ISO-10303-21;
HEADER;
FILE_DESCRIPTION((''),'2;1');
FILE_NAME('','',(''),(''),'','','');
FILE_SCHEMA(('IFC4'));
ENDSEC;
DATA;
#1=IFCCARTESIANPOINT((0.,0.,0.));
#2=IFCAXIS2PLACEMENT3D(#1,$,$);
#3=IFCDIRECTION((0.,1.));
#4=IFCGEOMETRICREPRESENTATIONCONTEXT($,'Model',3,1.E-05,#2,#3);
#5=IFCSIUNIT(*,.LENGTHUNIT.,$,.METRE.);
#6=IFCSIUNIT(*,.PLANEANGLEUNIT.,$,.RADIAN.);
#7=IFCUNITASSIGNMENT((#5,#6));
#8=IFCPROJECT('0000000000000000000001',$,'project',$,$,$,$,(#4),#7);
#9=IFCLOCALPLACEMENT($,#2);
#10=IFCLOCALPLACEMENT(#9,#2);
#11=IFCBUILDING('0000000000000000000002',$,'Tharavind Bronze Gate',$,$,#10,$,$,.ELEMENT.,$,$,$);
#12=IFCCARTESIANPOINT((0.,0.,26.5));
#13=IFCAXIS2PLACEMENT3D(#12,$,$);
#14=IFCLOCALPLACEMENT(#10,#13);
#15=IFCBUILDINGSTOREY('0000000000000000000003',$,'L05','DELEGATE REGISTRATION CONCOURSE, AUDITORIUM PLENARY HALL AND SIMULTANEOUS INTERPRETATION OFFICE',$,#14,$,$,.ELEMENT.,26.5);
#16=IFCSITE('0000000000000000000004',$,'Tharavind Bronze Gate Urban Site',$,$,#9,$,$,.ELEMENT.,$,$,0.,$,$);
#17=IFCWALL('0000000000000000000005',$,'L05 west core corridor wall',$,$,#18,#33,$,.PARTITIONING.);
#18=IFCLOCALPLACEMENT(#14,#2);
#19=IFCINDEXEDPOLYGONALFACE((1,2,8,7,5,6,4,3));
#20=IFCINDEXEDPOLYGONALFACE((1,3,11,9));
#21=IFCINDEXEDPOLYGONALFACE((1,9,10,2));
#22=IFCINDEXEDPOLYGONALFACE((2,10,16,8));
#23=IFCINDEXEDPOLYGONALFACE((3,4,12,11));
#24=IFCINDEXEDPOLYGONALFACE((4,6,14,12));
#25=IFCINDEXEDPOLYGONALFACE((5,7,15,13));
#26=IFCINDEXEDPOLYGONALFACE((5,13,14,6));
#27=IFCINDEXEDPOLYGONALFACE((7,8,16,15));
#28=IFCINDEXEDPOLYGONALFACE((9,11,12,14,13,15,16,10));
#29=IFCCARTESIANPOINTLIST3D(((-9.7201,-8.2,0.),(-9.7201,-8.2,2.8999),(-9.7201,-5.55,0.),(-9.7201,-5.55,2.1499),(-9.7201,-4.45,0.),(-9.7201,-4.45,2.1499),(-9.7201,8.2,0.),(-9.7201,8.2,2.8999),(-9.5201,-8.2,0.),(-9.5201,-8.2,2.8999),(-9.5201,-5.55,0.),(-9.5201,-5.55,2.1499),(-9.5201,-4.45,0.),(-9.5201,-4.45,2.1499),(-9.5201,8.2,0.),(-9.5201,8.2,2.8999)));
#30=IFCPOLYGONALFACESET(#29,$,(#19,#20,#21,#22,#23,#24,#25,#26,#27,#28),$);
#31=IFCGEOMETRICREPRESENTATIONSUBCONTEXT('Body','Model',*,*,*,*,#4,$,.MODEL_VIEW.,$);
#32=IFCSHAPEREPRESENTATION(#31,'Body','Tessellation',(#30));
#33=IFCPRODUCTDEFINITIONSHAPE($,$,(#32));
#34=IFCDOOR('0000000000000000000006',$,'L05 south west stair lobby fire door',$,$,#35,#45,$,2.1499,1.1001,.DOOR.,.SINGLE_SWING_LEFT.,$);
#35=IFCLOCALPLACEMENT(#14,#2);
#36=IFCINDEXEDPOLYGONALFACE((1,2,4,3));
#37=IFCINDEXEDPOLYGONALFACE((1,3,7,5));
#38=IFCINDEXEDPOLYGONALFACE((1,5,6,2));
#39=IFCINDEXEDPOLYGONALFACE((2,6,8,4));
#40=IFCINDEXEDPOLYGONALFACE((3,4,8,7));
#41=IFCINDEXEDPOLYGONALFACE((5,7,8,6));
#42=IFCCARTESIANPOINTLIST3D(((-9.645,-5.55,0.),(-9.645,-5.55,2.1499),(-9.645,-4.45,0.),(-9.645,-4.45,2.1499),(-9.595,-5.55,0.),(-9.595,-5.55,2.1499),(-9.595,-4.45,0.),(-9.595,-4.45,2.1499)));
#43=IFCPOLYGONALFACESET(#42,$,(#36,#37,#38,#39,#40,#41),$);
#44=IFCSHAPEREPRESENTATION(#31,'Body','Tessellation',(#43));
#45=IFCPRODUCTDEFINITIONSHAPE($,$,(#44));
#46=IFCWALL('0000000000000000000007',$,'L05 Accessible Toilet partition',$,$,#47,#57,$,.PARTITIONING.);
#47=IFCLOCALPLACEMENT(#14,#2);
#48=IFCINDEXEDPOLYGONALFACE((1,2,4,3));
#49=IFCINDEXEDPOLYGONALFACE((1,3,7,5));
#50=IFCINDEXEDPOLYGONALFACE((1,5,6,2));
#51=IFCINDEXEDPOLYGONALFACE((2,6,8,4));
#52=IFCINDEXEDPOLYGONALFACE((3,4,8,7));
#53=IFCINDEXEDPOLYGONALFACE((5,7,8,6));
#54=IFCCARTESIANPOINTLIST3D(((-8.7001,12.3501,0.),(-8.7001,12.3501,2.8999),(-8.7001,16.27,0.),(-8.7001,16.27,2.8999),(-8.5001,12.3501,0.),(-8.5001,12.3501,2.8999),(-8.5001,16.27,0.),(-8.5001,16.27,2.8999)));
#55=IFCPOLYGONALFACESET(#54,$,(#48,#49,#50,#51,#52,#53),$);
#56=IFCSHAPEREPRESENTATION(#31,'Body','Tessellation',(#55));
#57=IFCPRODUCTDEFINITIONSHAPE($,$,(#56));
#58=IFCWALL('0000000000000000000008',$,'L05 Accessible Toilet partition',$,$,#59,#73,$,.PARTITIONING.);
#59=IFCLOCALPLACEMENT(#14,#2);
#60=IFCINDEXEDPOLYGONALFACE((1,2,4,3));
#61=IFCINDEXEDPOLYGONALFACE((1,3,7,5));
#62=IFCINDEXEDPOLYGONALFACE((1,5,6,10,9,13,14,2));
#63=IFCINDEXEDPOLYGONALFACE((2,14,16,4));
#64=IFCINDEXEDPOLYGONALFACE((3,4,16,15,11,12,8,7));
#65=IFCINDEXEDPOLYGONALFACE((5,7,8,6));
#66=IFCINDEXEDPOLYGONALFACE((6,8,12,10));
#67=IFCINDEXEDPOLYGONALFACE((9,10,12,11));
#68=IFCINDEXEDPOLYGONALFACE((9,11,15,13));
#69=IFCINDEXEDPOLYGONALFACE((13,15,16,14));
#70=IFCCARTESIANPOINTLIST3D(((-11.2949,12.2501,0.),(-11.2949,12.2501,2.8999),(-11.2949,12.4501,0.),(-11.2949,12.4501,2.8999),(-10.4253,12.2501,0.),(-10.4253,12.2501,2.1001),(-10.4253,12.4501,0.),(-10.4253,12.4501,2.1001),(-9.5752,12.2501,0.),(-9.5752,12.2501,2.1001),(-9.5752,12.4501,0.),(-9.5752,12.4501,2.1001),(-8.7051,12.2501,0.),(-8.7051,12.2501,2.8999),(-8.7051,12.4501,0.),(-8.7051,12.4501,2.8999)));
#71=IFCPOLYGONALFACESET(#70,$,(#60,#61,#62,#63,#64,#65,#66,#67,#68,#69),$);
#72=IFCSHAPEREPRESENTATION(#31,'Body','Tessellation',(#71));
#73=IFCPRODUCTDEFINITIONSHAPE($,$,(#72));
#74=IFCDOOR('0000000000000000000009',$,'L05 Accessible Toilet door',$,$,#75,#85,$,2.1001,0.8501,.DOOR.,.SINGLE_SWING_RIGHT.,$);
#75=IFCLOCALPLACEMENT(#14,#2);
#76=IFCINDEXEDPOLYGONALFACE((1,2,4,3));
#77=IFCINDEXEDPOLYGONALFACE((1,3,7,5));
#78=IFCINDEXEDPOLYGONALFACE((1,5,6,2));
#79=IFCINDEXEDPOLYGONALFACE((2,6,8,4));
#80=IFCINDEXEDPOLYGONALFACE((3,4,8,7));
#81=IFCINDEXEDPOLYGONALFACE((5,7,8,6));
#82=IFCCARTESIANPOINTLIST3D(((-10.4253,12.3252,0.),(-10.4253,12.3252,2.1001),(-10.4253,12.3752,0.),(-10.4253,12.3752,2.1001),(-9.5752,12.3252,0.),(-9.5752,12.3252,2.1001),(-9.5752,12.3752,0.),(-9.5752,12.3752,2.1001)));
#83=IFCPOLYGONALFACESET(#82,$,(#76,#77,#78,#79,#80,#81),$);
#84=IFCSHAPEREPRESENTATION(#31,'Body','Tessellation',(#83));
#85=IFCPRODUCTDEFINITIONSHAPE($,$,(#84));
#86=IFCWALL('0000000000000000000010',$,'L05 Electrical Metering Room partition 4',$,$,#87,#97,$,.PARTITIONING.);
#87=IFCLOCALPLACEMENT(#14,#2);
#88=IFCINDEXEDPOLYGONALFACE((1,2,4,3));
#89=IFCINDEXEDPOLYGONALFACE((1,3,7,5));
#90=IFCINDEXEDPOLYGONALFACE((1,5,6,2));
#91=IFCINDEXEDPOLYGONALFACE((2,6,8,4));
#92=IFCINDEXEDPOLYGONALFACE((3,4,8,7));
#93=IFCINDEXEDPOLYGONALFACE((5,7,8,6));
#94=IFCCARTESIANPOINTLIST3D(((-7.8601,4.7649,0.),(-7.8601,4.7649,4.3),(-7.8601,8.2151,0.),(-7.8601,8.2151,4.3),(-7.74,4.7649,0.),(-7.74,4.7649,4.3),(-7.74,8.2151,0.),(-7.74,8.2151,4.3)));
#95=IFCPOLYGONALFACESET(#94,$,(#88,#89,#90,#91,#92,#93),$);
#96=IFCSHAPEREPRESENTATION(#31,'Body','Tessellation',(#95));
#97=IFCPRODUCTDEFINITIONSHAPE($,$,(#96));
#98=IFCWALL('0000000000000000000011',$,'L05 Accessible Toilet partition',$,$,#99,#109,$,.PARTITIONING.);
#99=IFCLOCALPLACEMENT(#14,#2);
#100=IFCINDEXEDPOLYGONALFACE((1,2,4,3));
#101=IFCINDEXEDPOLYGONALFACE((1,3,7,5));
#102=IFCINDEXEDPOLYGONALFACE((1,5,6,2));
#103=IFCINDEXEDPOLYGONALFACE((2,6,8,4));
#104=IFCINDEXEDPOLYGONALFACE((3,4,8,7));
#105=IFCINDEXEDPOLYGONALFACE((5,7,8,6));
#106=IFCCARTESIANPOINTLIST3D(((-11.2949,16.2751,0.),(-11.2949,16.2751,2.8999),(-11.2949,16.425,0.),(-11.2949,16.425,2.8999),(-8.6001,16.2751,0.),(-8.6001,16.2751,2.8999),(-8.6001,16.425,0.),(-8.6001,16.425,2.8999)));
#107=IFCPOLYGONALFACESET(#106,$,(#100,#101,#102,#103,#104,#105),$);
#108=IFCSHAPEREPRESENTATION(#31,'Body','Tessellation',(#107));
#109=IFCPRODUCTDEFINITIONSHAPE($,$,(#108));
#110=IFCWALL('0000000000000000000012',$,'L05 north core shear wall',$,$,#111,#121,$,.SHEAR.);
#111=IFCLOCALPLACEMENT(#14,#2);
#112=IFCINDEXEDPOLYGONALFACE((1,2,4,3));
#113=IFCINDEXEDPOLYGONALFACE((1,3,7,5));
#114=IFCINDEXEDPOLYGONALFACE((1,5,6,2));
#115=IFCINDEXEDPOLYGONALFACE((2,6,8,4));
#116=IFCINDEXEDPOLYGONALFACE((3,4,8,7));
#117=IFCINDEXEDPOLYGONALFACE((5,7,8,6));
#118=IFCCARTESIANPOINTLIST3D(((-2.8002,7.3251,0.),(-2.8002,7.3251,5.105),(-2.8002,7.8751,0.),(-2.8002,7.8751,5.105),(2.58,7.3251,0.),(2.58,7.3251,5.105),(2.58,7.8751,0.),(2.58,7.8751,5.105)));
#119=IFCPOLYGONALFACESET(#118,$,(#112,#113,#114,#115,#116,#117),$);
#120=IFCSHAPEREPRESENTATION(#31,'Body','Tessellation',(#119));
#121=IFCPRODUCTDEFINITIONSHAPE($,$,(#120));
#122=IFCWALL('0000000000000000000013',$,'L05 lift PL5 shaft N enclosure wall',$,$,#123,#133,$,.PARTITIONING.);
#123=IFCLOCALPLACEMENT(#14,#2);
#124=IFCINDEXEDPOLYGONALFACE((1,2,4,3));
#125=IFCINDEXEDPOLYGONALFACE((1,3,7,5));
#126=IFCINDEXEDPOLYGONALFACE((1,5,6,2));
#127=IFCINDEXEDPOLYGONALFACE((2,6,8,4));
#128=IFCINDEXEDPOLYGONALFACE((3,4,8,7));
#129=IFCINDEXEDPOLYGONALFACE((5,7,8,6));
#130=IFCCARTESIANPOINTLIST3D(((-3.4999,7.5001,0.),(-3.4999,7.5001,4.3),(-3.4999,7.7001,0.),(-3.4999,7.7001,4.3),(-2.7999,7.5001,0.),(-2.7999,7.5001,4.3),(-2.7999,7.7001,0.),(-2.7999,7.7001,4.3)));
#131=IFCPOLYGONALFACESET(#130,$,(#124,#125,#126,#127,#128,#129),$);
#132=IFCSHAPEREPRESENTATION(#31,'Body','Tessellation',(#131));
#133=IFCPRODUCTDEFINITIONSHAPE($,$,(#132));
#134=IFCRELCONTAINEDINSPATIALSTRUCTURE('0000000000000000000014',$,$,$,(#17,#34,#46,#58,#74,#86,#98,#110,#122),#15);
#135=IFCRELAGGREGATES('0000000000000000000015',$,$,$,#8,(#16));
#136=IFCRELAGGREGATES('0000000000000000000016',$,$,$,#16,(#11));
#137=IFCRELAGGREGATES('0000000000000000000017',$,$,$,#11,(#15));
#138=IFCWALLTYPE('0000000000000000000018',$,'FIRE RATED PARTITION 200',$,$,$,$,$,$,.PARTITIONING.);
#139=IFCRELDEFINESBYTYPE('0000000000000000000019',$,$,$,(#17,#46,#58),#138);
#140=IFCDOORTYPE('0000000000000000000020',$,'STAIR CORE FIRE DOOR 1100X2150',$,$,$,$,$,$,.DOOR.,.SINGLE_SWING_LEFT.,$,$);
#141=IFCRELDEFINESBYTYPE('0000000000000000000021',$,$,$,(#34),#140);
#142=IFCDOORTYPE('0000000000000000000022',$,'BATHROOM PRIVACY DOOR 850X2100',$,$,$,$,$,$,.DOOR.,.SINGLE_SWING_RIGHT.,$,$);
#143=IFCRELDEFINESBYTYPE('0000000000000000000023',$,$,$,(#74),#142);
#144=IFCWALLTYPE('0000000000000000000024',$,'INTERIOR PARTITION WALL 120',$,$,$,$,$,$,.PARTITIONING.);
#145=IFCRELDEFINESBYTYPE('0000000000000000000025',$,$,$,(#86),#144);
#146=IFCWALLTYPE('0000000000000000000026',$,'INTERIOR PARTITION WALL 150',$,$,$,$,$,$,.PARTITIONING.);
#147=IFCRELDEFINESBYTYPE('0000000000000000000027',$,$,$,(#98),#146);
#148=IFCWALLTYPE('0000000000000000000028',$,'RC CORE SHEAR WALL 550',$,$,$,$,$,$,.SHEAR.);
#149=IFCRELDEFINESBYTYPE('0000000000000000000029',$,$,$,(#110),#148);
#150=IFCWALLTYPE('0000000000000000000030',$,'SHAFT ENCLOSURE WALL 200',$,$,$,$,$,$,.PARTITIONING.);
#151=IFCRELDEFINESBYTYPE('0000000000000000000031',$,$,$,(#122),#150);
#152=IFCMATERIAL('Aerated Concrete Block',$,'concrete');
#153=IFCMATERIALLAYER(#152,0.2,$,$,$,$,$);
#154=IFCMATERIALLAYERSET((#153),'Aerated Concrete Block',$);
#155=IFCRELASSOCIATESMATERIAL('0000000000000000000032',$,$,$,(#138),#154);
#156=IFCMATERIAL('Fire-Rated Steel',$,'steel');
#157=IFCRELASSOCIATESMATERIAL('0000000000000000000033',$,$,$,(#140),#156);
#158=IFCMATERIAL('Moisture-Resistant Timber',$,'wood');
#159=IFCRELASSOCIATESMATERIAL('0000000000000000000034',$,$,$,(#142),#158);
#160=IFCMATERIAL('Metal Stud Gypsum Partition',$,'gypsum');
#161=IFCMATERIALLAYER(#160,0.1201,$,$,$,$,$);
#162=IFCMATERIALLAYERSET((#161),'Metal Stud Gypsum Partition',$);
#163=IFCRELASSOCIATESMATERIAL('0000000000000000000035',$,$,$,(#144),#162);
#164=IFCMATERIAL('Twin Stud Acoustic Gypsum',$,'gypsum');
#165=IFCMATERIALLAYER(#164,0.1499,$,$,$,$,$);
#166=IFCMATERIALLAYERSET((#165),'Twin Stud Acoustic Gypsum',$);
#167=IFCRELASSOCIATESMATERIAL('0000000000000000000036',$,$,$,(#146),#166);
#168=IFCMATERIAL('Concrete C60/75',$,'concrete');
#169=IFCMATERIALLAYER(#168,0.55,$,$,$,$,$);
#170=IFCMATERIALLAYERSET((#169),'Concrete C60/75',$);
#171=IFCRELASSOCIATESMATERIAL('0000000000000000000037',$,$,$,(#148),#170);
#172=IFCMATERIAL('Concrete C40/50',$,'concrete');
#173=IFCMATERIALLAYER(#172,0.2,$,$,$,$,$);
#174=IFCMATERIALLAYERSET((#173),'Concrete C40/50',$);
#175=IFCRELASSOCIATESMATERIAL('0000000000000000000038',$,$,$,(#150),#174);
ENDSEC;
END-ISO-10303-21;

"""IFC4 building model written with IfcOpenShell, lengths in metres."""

from ifc_helpers import new_model, si_unit, direction, frame, frame_2d, origin, place, context, subcontext, project, spatial, rectangle, extrude, material, layer, layer_set, type_object, element, fill, save


model = new_model("IFC4")

# Units and contexts
model_context = context("Model", 3, precision=1e-05, world=origin(), true_north=direction((0.0, 1.0)))
body_context = subcontext(model_context, "Body", "Model", "MODEL_VIEW")
ifc_project = project(units=[si_unit("LENGTHUNIT", "METRE"), si_unit("PLANEANGLEUNIT", "RADIAN")], contexts=[model_context])

# Site, building, storey
site_placement = place(None, origin())
site = spatial("IfcSite", under=ifc_project, at=site_placement, Name="Tharavind Bronze Gate Urban Site", CompositionType="ELEMENT", RefElevation=0.0)
building_placement = place(site_placement, origin())
building = spatial("IfcBuilding", under=site, at=building_placement, Name="Tharavind Bronze Gate", CompositionType="ELEMENT")
storey_placement = place(building_placement, frame((0.0, 0.0, 26.5)))
storey = spatial("IfcBuildingStorey", under=building, at=storey_placement, Name="L05", Description="DELEGATE REGISTRATION CONCOURSE, AUDITORIUM PLENARY HALL AND SIMULTANEOUS INTERPRETATION OFFICE", CompositionType="ELEMENT", Elevation=26.5)

# Wall, opening, door
ifc_material_1 = material(Name="Aerated Concrete Block", Category="concrete")
ifc_layer_1 = layer(ifc_material_1, 0.2)
ifc_layer_set_1 = layer_set([ifc_layer_1], Name="Aerated Concrete Block")
wall_type_1 = type_object("IfcWallType", Name="FIRE RATED PARTITION 200", PredefinedType="PARTITIONING", material=ifc_layer_set_1)
wall_1_placement = place(storey_placement, frame((-9.6201, 8.2, 0.0), z_axis=(0.0, 0.0, 1.0), x_axis=(0.0, -1.0, 0.0)))
wall_1 = element("IfcWall", 1, at=wall_1_placement, inside=storey, type_object=wall_type_1, Name="L05 west core corridor wall", PredefinedType="PARTITIONING", context=body_context, shape_type="SweptSolid", body=[
    extrude(rectangle(XDim=16.3999, YDim=0.2, at=frame_2d((8.2, 0.0))), origin(), (0.0, 0.0, 1.0), 2.8999),
])
opening_1_placement = place(wall_1_placement, frame((12.6499, 0.0, 0.0)))
opening_1 = element("IfcOpeningElement", 2, at=opening_1_placement, cuts=wall_1, PredefinedType="OPENING", context=body_context, shape_type="SweptSolid", body=[
    extrude(rectangle(XDim=1.1001, YDim=2.1499, at=frame_2d((0.55, 1.075))), frame((0.0, 0.1101, 0.0), z_axis=(0.0, -1.0, 0.0), x_axis=(1.0, 0.0, 0.0)), (0.0, 0.0, 1.0), 0.22),
])
ifc_material_2 = material(Name="Fire-Rated Steel", Category="steel")
door_type_1 = type_object("IfcDoorType", Name="STAIR CORE FIRE DOOR 1100X2150", OperationType="SINGLE_SWING_LEFT", PredefinedType="DOOR", material=ifc_material_2)
door_1_placement = place(opening_1_placement, frame((1.1001, 0.0, 0.0), z_axis=(0.0, 0.0, 1.0), x_axis=(-1.0, 0.0, 0.0)))
door_1 = element("IfcDoor", 3, at=door_1_placement, inside=storey, type_object=door_type_1, Name="L05 south west stair lobby fire door", OperationType="SINGLE_SWING_LEFT", OverallHeight=2.1499, OverallWidth=1.1001, PredefinedType="DOOR", context=body_context, shape_type="SweptSolid", body=[
    extrude(rectangle(XDim=1.1001, YDim=2.1499, at=frame_2d((0.55, 1.075))), frame((0.0, 0.0249, 0.0), z_axis=(0.0, -1.0, 0.0), x_axis=(1.0, 0.0, 0.0)), (0.0, 0.0, 1.0), 0.05),
])
fill(opening_1, door_1)

# Wall
wall_2_placement = place(storey_placement, frame((-8.6001, 16.27, 0.0), z_axis=(0.0, 0.0, 1.0), x_axis=(0.0, -1.0, 0.0)))
element("IfcWall", 4, at=wall_2_placement, inside=storey, type_object=wall_type_1, Name="L05 Accessible Toilet partition", PredefinedType="PARTITIONING", context=body_context, shape_type="SweptSolid", body=[
    extrude(rectangle(XDim=3.9199, YDim=0.2, at=frame_2d((1.96, 0.0))), origin(), (0.0, 0.0, 1.0), 2.8999),
])

# Wall, opening, door
wall_3_placement = place(storey_placement, frame((-8.7051, 12.3501, 0.0), z_axis=(0.0, 0.0, 1.0), x_axis=(-1.0, 0.0, 0.0)))
wall_3 = element("IfcWall", 5, at=wall_3_placement, inside=storey, type_object=wall_type_1, Name="L05 Accessible Toilet partition", PredefinedType="PARTITIONING", context=body_context, shape_type="SweptSolid", body=[
    extrude(rectangle(XDim=2.5898, YDim=0.2, at=frame_2d((1.2949, 0.0))), origin(), (0.0, 0.0, 1.0), 2.8999),
])
opening_2_placement = place(wall_3_placement, frame((0.8701, 0.0, 0.0)))
opening_2 = element("IfcOpeningElement", 6, at=opening_2_placement, cuts=wall_3, PredefinedType="OPENING", context=body_context, shape_type="SweptSolid", body=[
    extrude(rectangle(XDim=0.8501, YDim=2.1001, at=frame_2d((0.425, 1.05))), frame((0.0, 0.1101, 0.0), z_axis=(0.0, -1.0, 0.0), x_axis=(1.0, 0.0, 0.0)), (0.0, 0.0, 1.0), 0.22),
])
ifc_material_3 = material(Name="Moisture-Resistant Timber", Category="wood")
door_type_2 = type_object("IfcDoorType", Name="BATHROOM PRIVACY DOOR 850X2100", OperationType="SINGLE_SWING_RIGHT", PredefinedType="DOOR", material=ifc_material_3)
door_2_placement = place(opening_2_placement, origin())
door_2 = element("IfcDoor", 7, at=door_2_placement, inside=storey, type_object=door_type_2, Name="L05 Accessible Toilet door", OperationType="SINGLE_SWING_RIGHT", OverallHeight=2.1001, OverallWidth=0.8501, PredefinedType="DOOR", context=body_context, shape_type="SweptSolid", body=[
    extrude(rectangle(XDim=0.8501, YDim=2.1001, at=frame_2d((0.425, 1.05))), frame((0.0, 0.0249, 0.0), z_axis=(0.0, -1.0, 0.0), x_axis=(1.0, 0.0, 0.0)), (0.0, 0.0, 1.0), 0.05),
])
fill(opening_2, door_2)

# Walls
ifc_material_4 = material(Name="Metal Stud Gypsum Partition", Category="gypsum")
ifc_layer_2 = layer(ifc_material_4, 0.1201)
ifc_layer_set_2 = layer_set([ifc_layer_2], Name="Metal Stud Gypsum Partition")
wall_type_2 = type_object("IfcWallType", Name="INTERIOR PARTITION WALL 120", PredefinedType="PARTITIONING", material=ifc_layer_set_2)
wall_4_placement = place(storey_placement, frame((-7.8, 8.2151, 0.0), z_axis=(0.0, 0.0, 1.0), x_axis=(0.0, -1.0, 0.0)))
element("IfcWall", 8, at=wall_4_placement, inside=storey, type_object=wall_type_2, Name="L05 Electrical Metering Room partition 4", PredefinedType="PARTITIONING", context=body_context, shape_type="SweptSolid", body=[
    extrude(rectangle(XDim=3.4502, YDim=0.1201, at=frame_2d((1.7251, 0.0))), origin(), (0.0, 0.0, 1.0), 4.3),
])
ifc_material_5 = material(Name="Twin Stud Acoustic Gypsum", Category="gypsum")
ifc_layer_3 = layer(ifc_material_5, 0.1499)
ifc_layer_set_3 = layer_set([ifc_layer_3], Name="Twin Stud Acoustic Gypsum")
wall_type_3 = type_object("IfcWallType", Name="INTERIOR PARTITION WALL 150", PredefinedType="PARTITIONING", material=ifc_layer_set_3)
wall_5_placement = place(storey_placement, frame((-11.2949, 16.3501, 0.0), z_axis=(0.0, 0.0, 1.0), x_axis=(1.0, 0.0, 0.0)))
element("IfcWall", 9, at=wall_5_placement, inside=storey, type_object=wall_type_3, Name="L05 Accessible Toilet partition", PredefinedType="PARTITIONING", context=body_context, shape_type="SweptSolid", body=[
    extrude(rectangle(XDim=2.6948, YDim=0.1499, at=frame_2d((1.3474, 0.0))), origin(), (0.0, 0.0, 1.0), 2.8999),
])
ifc_material_6 = material(Name="Concrete C60/75", Category="concrete")
ifc_layer_4 = layer(ifc_material_6, 0.55)
ifc_layer_set_4 = layer_set([ifc_layer_4], Name="Concrete C60/75")
wall_type_4 = type_object("IfcWallType", Name="RC CORE SHEAR WALL 550", PredefinedType="SHEAR", material=ifc_layer_set_4)
wall_6_placement = place(storey_placement, frame((-2.8, 7.6001, 0.0), z_axis=(0.0, 0.0, 1.0), x_axis=(1.0, 0.0, 0.0)))
element("IfcWall", 10, at=wall_6_placement, inside=storey, type_object=wall_type_4, Name="L05 north core shear wall", PredefinedType="SHEAR", context=body_context, shape_type="SweptSolid", body=[
    extrude(rectangle(XDim=5.3801, YDim=0.55, at=frame_2d((2.6899, 0.0))), origin(), (0.0, 0.0, 1.0), 5.105),
])
ifc_material_7 = material(Name="Concrete C40/50", Category="concrete")
ifc_layer_5 = layer(ifc_material_7, 0.2)
ifc_layer_set_5 = layer_set([ifc_layer_5], Name="Concrete C40/50")
wall_type_5 = type_object("IfcWallType", Name="SHAFT ENCLOSURE WALL 200", PredefinedType="PARTITIONING", material=ifc_layer_set_5)
wall_7_placement = place(storey_placement, frame((-3.5, 7.6001, 0.0), z_axis=(0.0, 0.0, 1.0), x_axis=(1.0, 0.0, 0.0)))
element("IfcWall", 11, at=wall_7_placement, inside=storey, type_object=wall_type_5, Name="L05 lift PL5 shaft N enclosure wall", PredefinedType="PARTITIONING", context=body_context, shape_type="SweptSolid", body=[
    extrude(rectangle(XDim=0.7, YDim=0.2, at=frame_2d((0.3501, 0.0))), origin(), (0.0, 0.0, 1.0), 4.3),
])

save(model, "model.ifc")
